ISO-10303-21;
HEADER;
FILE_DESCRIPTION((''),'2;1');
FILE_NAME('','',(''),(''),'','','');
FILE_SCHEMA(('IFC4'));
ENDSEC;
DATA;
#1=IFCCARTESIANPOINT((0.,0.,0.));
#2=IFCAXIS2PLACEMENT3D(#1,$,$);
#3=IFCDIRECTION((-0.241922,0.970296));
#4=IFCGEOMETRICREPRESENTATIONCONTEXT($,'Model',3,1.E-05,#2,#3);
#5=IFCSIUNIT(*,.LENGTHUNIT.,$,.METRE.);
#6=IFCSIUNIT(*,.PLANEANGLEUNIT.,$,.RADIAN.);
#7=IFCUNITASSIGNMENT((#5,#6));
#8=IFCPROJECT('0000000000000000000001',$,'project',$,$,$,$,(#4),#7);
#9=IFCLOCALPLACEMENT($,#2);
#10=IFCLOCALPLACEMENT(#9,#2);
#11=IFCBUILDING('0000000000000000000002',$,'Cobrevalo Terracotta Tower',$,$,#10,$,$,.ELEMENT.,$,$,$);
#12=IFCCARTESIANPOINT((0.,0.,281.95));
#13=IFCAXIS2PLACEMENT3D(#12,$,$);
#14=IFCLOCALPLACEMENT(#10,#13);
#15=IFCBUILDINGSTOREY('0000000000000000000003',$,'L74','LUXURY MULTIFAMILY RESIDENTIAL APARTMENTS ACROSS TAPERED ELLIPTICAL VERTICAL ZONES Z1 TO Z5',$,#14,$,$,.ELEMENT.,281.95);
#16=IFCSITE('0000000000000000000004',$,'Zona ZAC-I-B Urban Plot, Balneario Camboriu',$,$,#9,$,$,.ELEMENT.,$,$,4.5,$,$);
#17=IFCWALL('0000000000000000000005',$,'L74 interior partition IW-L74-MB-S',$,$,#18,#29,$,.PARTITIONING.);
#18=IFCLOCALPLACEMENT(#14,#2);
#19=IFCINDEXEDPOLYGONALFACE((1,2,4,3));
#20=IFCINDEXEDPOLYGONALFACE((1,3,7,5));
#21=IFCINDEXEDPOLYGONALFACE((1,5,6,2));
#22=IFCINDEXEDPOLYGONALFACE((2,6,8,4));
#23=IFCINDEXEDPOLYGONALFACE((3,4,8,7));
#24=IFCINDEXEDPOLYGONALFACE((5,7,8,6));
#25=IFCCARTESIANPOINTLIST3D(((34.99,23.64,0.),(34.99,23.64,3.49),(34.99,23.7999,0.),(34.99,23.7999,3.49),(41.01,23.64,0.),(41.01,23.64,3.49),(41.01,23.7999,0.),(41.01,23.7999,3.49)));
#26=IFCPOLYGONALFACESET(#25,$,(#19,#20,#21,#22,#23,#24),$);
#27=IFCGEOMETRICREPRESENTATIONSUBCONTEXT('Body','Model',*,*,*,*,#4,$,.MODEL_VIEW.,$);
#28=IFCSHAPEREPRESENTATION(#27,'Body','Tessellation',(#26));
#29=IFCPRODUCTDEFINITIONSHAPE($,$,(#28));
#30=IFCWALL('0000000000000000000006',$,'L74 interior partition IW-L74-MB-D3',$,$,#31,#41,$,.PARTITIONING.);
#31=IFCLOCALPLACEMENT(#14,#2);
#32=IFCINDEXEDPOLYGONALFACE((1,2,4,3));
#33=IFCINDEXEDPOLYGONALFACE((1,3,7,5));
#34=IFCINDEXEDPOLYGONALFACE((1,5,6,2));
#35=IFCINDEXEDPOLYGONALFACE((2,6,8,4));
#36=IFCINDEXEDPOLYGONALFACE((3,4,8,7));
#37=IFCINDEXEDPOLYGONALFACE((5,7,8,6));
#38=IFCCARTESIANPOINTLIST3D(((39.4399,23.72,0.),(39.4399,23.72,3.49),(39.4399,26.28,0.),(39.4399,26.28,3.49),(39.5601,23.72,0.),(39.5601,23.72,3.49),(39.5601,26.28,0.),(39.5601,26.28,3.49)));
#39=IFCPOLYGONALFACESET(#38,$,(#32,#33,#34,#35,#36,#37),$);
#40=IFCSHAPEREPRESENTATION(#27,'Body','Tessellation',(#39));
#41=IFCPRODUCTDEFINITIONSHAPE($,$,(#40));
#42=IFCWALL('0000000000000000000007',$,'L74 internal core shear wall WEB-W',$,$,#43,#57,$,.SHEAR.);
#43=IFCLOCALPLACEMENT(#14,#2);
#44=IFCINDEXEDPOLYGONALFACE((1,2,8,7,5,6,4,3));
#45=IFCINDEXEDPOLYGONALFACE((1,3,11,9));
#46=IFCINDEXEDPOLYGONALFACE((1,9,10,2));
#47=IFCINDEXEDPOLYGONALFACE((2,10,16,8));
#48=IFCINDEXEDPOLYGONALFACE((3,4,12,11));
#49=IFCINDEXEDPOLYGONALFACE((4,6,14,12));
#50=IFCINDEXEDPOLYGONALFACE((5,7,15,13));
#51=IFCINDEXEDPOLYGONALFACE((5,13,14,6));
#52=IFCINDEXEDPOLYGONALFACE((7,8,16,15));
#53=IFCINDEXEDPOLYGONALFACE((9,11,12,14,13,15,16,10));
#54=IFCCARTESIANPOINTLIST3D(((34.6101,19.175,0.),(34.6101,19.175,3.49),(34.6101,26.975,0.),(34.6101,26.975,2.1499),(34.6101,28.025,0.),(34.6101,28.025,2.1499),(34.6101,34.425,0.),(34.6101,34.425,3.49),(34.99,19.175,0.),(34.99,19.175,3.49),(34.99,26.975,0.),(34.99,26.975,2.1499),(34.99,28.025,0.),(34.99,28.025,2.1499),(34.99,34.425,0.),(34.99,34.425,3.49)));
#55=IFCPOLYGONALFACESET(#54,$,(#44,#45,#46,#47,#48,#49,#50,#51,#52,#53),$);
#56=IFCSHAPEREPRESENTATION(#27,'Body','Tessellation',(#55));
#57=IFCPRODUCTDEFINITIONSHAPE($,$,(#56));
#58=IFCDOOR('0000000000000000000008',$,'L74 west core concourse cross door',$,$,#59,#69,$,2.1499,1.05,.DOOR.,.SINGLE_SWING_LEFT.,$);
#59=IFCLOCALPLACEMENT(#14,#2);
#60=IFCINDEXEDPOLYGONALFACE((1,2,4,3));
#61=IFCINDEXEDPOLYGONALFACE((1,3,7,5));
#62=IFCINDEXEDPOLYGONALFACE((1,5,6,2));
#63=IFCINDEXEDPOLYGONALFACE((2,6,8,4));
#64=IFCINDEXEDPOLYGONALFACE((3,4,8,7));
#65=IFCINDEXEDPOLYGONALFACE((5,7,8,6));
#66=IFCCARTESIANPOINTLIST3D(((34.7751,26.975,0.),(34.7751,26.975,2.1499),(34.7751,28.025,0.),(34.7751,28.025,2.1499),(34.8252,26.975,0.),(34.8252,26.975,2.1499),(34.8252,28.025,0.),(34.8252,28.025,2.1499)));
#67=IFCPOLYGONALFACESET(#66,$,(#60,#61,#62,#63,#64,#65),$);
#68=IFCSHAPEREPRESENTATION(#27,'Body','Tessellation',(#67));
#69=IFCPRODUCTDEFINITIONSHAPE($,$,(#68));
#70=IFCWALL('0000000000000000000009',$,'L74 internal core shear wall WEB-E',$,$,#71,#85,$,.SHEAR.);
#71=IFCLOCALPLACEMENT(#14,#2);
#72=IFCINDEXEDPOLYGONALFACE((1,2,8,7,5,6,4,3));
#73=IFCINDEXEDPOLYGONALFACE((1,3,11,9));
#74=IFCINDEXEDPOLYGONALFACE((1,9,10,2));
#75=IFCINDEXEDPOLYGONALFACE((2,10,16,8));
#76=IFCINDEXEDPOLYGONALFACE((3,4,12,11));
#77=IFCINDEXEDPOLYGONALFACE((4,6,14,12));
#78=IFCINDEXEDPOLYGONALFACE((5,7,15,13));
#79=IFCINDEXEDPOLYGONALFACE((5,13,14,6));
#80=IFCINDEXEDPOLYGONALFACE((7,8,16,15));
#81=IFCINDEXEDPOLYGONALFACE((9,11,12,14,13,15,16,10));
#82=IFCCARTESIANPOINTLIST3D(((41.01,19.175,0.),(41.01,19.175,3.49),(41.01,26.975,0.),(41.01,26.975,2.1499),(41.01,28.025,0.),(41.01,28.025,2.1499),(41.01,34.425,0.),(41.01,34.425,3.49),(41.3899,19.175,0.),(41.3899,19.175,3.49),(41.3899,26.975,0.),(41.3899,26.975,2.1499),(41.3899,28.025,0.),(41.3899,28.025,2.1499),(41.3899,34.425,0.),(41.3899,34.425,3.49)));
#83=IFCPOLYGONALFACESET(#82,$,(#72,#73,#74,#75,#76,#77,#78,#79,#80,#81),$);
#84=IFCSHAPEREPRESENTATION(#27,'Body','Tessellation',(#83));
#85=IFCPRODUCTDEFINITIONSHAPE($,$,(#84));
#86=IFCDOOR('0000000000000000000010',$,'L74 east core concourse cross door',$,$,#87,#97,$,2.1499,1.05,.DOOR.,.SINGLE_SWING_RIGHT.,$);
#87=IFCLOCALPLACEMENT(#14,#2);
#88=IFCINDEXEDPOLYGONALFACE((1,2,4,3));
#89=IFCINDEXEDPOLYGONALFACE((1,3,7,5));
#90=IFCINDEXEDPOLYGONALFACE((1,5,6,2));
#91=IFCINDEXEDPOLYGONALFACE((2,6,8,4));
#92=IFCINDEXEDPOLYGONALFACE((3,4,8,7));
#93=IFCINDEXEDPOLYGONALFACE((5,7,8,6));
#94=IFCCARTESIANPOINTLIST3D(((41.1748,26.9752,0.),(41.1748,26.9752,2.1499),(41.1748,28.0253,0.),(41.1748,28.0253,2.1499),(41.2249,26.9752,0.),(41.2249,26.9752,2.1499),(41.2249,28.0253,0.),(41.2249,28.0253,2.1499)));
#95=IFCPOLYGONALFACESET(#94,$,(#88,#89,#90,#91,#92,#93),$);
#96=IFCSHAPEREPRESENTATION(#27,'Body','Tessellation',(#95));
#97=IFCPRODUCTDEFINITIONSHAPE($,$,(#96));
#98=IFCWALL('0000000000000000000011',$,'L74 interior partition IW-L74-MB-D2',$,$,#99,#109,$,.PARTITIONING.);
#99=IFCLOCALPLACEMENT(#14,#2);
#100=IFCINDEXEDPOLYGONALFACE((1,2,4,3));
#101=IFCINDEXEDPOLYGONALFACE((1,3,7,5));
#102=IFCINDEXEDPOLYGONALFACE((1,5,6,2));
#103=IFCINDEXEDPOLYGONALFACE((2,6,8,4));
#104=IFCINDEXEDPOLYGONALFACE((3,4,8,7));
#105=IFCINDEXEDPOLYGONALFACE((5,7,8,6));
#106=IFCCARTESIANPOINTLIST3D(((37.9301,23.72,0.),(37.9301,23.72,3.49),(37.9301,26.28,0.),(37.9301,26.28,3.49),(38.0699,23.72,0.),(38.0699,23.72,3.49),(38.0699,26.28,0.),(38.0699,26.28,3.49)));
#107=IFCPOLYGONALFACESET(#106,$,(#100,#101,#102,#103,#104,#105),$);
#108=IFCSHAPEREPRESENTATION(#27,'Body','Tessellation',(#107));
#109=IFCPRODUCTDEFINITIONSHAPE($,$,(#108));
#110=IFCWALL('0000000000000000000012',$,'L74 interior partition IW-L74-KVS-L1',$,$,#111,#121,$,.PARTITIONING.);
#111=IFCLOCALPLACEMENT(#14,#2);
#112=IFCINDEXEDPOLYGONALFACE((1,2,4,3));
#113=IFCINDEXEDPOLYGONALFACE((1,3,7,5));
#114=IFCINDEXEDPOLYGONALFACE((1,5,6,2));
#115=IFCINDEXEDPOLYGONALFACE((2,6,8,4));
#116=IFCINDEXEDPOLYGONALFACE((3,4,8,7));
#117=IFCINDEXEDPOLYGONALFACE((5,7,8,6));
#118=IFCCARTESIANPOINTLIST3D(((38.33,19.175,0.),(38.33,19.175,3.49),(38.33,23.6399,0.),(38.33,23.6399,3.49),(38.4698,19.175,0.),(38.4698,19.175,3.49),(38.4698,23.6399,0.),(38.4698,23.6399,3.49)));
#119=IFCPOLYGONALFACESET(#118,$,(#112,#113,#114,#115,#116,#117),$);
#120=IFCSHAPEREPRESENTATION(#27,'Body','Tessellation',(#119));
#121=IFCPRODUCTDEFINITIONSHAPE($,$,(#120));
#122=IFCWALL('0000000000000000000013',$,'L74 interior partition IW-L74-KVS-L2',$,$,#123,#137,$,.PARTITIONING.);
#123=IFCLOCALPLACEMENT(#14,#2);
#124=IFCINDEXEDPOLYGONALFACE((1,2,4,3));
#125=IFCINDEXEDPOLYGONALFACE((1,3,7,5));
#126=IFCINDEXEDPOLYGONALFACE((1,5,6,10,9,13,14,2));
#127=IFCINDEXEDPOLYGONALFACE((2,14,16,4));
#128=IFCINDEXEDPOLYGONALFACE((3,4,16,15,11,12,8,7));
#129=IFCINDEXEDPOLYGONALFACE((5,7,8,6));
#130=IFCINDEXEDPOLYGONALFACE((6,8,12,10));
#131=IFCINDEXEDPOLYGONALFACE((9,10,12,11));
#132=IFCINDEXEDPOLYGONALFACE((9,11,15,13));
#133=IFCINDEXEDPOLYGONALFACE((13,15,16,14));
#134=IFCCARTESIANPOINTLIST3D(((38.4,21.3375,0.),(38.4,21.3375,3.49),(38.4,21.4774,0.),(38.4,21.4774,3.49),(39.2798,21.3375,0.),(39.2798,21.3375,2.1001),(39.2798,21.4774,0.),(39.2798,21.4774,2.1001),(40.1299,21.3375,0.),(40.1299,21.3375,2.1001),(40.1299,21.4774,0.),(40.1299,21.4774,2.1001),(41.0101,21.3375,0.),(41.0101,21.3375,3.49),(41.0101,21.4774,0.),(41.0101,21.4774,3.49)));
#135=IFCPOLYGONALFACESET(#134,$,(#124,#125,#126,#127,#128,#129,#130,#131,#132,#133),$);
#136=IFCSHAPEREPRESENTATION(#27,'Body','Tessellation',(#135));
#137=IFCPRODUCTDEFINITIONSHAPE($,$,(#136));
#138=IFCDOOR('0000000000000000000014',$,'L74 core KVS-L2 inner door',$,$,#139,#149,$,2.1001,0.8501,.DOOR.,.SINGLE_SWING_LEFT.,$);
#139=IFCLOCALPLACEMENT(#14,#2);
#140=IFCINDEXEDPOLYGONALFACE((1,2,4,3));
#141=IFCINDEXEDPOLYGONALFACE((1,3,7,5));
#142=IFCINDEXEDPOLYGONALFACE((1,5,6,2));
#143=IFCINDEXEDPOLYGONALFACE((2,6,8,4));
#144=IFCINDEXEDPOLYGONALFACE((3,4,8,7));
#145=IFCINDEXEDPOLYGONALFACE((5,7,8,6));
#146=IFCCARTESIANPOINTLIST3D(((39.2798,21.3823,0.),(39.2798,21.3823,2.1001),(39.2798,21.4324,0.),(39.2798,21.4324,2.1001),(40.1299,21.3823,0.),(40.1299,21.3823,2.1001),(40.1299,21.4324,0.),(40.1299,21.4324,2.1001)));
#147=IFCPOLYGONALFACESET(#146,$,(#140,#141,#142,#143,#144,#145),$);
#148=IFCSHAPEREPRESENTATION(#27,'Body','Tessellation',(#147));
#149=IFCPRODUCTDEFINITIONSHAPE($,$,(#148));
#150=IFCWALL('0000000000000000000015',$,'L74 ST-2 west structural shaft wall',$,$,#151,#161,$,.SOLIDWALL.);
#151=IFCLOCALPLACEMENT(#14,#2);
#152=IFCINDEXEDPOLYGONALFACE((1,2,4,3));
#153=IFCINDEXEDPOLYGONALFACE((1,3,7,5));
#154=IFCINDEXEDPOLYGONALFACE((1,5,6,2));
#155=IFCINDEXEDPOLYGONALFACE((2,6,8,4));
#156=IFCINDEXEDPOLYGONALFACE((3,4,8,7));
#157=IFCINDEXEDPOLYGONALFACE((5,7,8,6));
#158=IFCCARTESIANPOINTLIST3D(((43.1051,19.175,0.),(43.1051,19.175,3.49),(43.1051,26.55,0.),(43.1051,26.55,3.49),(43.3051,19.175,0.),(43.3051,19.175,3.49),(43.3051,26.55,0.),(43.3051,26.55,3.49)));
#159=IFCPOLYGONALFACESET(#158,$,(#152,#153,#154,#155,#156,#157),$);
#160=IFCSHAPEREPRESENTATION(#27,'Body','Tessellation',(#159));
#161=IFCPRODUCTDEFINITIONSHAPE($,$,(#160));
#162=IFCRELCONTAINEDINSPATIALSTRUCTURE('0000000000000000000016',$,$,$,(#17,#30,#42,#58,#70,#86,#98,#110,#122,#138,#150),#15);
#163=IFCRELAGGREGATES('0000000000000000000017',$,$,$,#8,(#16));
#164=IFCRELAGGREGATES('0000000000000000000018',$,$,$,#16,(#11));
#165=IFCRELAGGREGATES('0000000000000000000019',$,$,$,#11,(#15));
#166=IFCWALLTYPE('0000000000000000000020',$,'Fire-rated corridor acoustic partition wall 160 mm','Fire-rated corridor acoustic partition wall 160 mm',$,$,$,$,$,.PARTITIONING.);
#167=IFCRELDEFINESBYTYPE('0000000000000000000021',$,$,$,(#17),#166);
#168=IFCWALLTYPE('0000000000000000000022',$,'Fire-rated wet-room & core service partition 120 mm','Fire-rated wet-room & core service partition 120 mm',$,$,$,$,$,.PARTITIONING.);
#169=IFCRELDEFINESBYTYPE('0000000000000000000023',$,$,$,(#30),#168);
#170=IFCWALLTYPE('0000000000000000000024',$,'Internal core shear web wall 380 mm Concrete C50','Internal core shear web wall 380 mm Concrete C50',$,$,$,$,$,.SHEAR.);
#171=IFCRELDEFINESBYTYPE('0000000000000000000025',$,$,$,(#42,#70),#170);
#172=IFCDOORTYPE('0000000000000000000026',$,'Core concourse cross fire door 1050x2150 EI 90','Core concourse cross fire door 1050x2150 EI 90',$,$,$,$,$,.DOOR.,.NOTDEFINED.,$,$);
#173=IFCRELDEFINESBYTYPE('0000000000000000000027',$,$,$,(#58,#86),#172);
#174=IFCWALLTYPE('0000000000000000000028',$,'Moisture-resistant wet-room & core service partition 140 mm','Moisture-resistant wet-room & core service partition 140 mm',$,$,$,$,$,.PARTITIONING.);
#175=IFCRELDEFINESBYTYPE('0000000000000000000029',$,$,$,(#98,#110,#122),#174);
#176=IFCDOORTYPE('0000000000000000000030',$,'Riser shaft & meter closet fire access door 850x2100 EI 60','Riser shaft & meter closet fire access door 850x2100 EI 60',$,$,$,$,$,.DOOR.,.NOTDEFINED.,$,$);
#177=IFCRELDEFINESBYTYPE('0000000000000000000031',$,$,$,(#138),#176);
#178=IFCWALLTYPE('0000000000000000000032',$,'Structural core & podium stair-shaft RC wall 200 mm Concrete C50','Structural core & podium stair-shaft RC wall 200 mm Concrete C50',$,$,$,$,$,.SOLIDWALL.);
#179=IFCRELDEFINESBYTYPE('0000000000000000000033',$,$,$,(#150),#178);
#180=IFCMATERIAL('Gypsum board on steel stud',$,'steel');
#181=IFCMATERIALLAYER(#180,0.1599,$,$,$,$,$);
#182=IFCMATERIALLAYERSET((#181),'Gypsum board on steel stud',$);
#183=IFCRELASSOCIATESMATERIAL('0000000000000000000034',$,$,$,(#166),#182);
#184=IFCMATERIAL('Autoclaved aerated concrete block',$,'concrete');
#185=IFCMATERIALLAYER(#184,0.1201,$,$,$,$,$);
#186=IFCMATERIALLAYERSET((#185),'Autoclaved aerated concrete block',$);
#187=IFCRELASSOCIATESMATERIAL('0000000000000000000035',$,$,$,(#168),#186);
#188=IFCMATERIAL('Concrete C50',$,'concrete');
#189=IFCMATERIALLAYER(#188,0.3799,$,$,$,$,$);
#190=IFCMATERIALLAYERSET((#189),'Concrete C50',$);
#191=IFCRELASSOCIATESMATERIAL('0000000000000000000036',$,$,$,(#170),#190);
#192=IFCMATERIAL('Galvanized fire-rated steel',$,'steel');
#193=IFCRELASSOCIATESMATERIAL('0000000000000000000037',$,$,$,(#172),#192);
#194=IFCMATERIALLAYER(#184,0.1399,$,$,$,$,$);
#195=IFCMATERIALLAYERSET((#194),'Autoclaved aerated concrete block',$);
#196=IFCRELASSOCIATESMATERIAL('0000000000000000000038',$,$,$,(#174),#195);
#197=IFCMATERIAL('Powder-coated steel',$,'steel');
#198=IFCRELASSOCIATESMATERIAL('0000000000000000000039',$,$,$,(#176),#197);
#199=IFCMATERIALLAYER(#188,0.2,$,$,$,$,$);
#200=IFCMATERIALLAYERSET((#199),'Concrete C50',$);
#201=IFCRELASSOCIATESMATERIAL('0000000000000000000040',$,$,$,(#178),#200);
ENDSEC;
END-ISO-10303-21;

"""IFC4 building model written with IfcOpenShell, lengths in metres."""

from ifc_helpers import new_model, si_unit, direction, frame, frame_2d, origin, place, context, subcontext, project, spatial, rectangle, extrude, source, transform, mapped, material, layer, layer_set, type_object, element, fill, save


model = new_model("IFC4")

# Units and contexts
model_context = context("Model", 3, precision=1e-05, world=origin(), true_north=direction((-0.241922, 0.970296)))
body_context = subcontext(model_context, "Body", "Model", "MODEL_VIEW")
ifc_project = project(units=[si_unit("LENGTHUNIT", "METRE"), si_unit("PLANEANGLEUNIT", "RADIAN")], contexts=[model_context])

# Site, building, storey
site_placement = place(None, origin())
site = spatial("IfcSite", under=ifc_project, at=site_placement, Name="Zona ZAC-I-B Urban Plot, Balneario Camboriu", CompositionType="ELEMENT", RefElevation=4.5)
building_placement = place(site_placement, origin())
building = spatial("IfcBuilding", under=site, at=building_placement, Name="Cobrevalo Terracotta Tower", CompositionType="ELEMENT")
storey_placement = place(building_placement, frame((0.0, 0.0, 281.95)))
storey = spatial("IfcBuildingStorey", under=building, at=storey_placement, Name="L74", Description="LUXURY MULTIFAMILY RESIDENTIAL APARTMENTS ACROSS TAPERED ELLIPTICAL VERTICAL ZONES Z1 TO Z5", CompositionType="ELEMENT", Elevation=281.95)

# Walls
ifc_material_1 = material(Name="Gypsum board on steel stud", Category="steel")
ifc_layer_1 = layer(ifc_material_1, 0.1599)
ifc_layer_set_1 = layer_set([ifc_layer_1], Name="Gypsum board on steel stud")
wall_type_1 = type_object("IfcWallType", Name="Fire-rated corridor acoustic partition wall 160 mm", Description="Fire-rated corridor acoustic partition wall 160 mm", PredefinedType="PARTITIONING", material=ifc_layer_set_1)
wall_1_placement = place(storey_placement, frame((34.99, 23.72, 0.0), z_axis=(0.0, 0.0, 1.0), x_axis=(1.0, 0.0, 0.0)))
element("IfcWall", 1, at=wall_1_placement, inside=storey, type_object=wall_type_1, Name="L74 interior partition IW-L74-MB-S", PredefinedType="PARTITIONING", context=body_context, shape_type="SweptSolid", body=[
    extrude(rectangle(XDim=6.02, YDim=0.1599, at=frame_2d((3.01, 0.0))), origin(), (0.0, 0.0, 1.0), 3.49),
])
ifc_material_2 = material(Name="Autoclaved aerated concrete block", Category="concrete")
ifc_layer_2 = layer(ifc_material_2, 0.1201)
ifc_layer_set_2 = layer_set([ifc_layer_2], Name="Autoclaved aerated concrete block")
wall_type_2 = type_object("IfcWallType", Name="Fire-rated wet-room & core service partition 120 mm", Description="Fire-rated wet-room & core service partition 120 mm", PredefinedType="PARTITIONING", material=ifc_layer_set_2)
wall_2_placement = place(storey_placement, frame((39.5, 23.72, 0.0), z_axis=(0.0, 0.0, 1.0), x_axis=(0.0, 1.0, 0.0)))
element("IfcWall", 2, at=wall_2_placement, inside=storey, type_object=wall_type_2, Name="L74 interior partition IW-L74-MB-D3", PredefinedType="PARTITIONING", context=body_context, shape_type="SweptSolid", body=[
    extrude(rectangle(XDim=2.5601, YDim=0.1201, at=frame_2d((1.28, 0.0))), origin(), (0.0, 0.0, 1.0), 3.49),
])

# Walls, openings, doors
ifc_material_3 = material(Name="Concrete C50", Category="concrete")
ifc_layer_3 = layer(ifc_material_3, 0.3799)
ifc_layer_set_3 = layer_set([ifc_layer_3], Name="Concrete C50")
wall_type_3 = type_object("IfcWallType", Name="Internal core shear web wall 380 mm Concrete C50", Description="Internal core shear web wall 380 mm Concrete C50", PredefinedType="SHEAR", material=ifc_layer_set_3)
wall_3_placement = place(storey_placement, frame((34.8, 19.175, 0.0), z_axis=(0.0, 0.0, 1.0), x_axis=(0.0, 1.0, 0.0)))
wall_3 = element("IfcWall", 3, at=wall_3_placement, inside=storey, type_object=wall_type_3, Name="L74 internal core shear wall WEB-W", PredefinedType="SHEAR", context=body_context, shape_type="SweptSolid", body=[
    extrude(rectangle(XDim=15.25, YDim=0.3799, at=frame_2d((7.625, 0.0))), origin(), (0.0, 0.0, 1.0), 3.49),
])
opening_1_placement = place(wall_3_placement, frame((7.8, 0.0, 0.0)))
opening_1 = element("IfcOpeningElement", 4, at=opening_1_placement, cuts=wall_3, PredefinedType="OPENING", context=body_context, shape_type="SweptSolid", body=[
    extrude(rectangle(XDim=1.05, YDim=2.1499, at=frame_2d((0.5249, 1.075))), frame((0.0, 0.2, 0.0), z_axis=(0.0, -1.0, 0.0), x_axis=(1.0, 0.0, 0.0)), (0.0, 0.0, 1.0), 0.3999),
])
ifc_material_4 = material(Name="Galvanized fire-rated steel", Category="steel")
door_type_1 = type_object("IfcDoorType", Name="Core concourse cross fire door 1050x2150 EI 90", Description="Core concourse cross fire door 1050x2150 EI 90", OperationType="NOTDEFINED", PredefinedType="DOOR", material=ifc_material_4)
shared_shape_1 = source(origin(), body_context, "Body", "SweptSolid", [
    extrude(rectangle(XDim=1.05, YDim=2.1499, at=frame_2d((0.5249, 1.075))), frame((0.0, 0.0249, 0.0), z_axis=(0.0, -1.0, 0.0), x_axis=(1.0, 0.0, 0.0)), (0.0, 0.0, 1.0), 0.05),
])
door_1_placement = place(opening_1_placement, origin())
door_1 = element("IfcDoor", 5, at=door_1_placement, inside=storey, type_object=door_type_1, Name="L74 west core concourse cross door", OperationType="SINGLE_SWING_LEFT", OverallHeight=2.1499, OverallWidth=1.05, PredefinedType="DOOR", context=body_context, shape_type="MappedRepresentation", body=[
    mapped(shared_shape_1, transform((0.0, 0.0, 0.0), scale=1.0)),
])
fill(opening_1, door_1)
wall_4_placement = place(storey_placement, frame((41.2, 19.175, 0.0), z_axis=(0.0, 0.0, 1.0), x_axis=(0.0, 1.0, 0.0)))
wall_4 = element("IfcWall", 6, at=wall_4_placement, inside=storey, type_object=wall_type_3, Name="L74 internal core shear wall WEB-E", PredefinedType="SHEAR", context=body_context, shape_type="SweptSolid", body=[
    extrude(rectangle(XDim=15.25, YDim=0.3799, at=frame_2d((7.625, 0.0))), origin(), (0.0, 0.0, 1.0), 3.49),
])
opening_2_placement = place(wall_4_placement, frame((7.8, 0.0, 0.0)))
opening_2 = element("IfcOpeningElement", 7, at=opening_2_placement, cuts=wall_4, PredefinedType="OPENING", context=body_context, shape_type="SweptSolid", body=[
    extrude(rectangle(XDim=1.05, YDim=2.1499, at=frame_2d((0.5249, 1.075))), frame((0.0, 0.2, 0.0), z_axis=(0.0, -1.0, 0.0), x_axis=(1.0, 0.0, 0.0)), (0.0, 0.0, 1.0), 0.3999),
])
door_2_placement = place(opening_2_placement, frame((1.05, 0.0, 0.0), z_axis=(0.0, 0.0, 1.0), x_axis=(-1.0, 0.0, 0.0)))
door_2 = element("IfcDoor", 8, at=door_2_placement, inside=storey, type_object=door_type_1, Name="L74 east core concourse cross door", OperationType="SINGLE_SWING_RIGHT", OverallHeight=2.1499, OverallWidth=1.05, PredefinedType="DOOR", context=body_context, shape_type="MappedRepresentation", body=[
    mapped(shared_shape_1, transform((0.0, 0.0, 0.0), scale=1.0)),
])
fill(opening_2, door_2)

# Walls
ifc_layer_4 = layer(ifc_material_2, 0.1399)
ifc_layer_set_4 = layer_set([ifc_layer_4], Name="Autoclaved aerated concrete block")
wall_type_4 = type_object("IfcWallType", Name="Moisture-resistant wet-room & core service partition 140 mm", Description="Moisture-resistant wet-room & core service partition 140 mm", PredefinedType="PARTITIONING", material=ifc_layer_set_4)
wall_5_placement = place(storey_placement, frame((38.0, 23.72, 0.0), z_axis=(0.0, 0.0, 1.0), x_axis=(0.0, 1.0, 0.0)))
element("IfcWall", 9, at=wall_5_placement, inside=storey, type_object=wall_type_4, Name="L74 interior partition IW-L74-MB-D2", PredefinedType="PARTITIONING", context=body_context, shape_type="SweptSolid", body=[
    extrude(rectangle(XDim=2.5601, YDim=0.1399, at=frame_2d((1.28, 0.0))), origin(), (0.0, 0.0, 1.0), 3.49),
])
wall_6_placement = place(storey_placement, frame((38.3999, 19.175, 0.0), z_axis=(0.0, 0.0, 1.0), x_axis=(0.0, 1.0, 0.0)))
element("IfcWall", 10, at=wall_6_placement, inside=storey, type_object=wall_type_4, Name="L74 interior partition IW-L74-KVS-L1", PredefinedType="PARTITIONING", context=body_context, shape_type="SweptSolid", body=[
    extrude(rectangle(XDim=4.4648, YDim=0.1399, at=frame_2d((2.2324, 0.0))), origin(), (0.0, 0.0, 1.0), 3.49),
])

# Wall, opening, door
wall_7_placement = place(storey_placement, frame((38.3999, 21.4075, 0.0), z_axis=(0.0, 0.0, 1.0), x_axis=(1.0, 0.0, 0.0)))
wall_7 = element("IfcWall", 11, at=wall_7_placement, inside=storey, type_object=wall_type_4, Name="L74 interior partition IW-L74-KVS-L2", PredefinedType="PARTITIONING", context=body_context, shape_type="SweptSolid", body=[
    extrude(rectangle(XDim=2.6101, YDim=0.1399, at=frame_2d((1.3052, 0.0))), origin(), (0.0, 0.0, 1.0), 3.49),
])
opening_3_placement = place(wall_7_placement, frame((0.8799, 0.0, 0.0)))
opening_3 = element("IfcOpeningElement", 12, at=opening_3_placement, cuts=wall_7, PredefinedType="OPENING", context=body_context, shape_type="SweptSolid", body=[
    extrude(rectangle(XDim=0.8501, YDim=2.1001, at=frame_2d((0.425, 1.05))), frame((0.0, 0.0801, 0.0), z_axis=(0.0, -1.0, 0.0), x_axis=(1.0, 0.0, 0.0)), (0.0, 0.0, 1.0), 0.1599),
])
ifc_material_5 = material(Name="Powder-coated steel", Category="steel")
door_type_2 = type_object("IfcDoorType", Name="Riser shaft & meter closet fire access door 850x2100 EI 60", Description="Riser shaft & meter closet fire access door 850x2100 EI 60", OperationType="NOTDEFINED", PredefinedType="DOOR", material=ifc_material_5)
shared_shape_2 = source(origin(), body_context, "Body", "SweptSolid", [
    extrude(rectangle(XDim=0.8501, YDim=2.1001, at=frame_2d((0.425, 1.05))), frame((0.0, 0.0249, 0.0), z_axis=(0.0, -1.0, 0.0), x_axis=(1.0, 0.0, 0.0)), (0.0, 0.0, 1.0), 0.05),
])
door_3_placement = place(opening_3_placement, origin())
door_3 = element("IfcDoor", 13, at=door_3_placement, inside=storey, type_object=door_type_2, Name="L74 core KVS-L2 inner door", OperationType="SINGLE_SWING_LEFT", OverallHeight=2.1001, OverallWidth=0.8501, PredefinedType="DOOR", context=body_context, shape_type="MappedRepresentation", body=[
    mapped(shared_shape_2, transform((0.0, 0.0, 0.0), scale=1.0)),
])
fill(opening_3, door_3)

# Wall
ifc_layer_5 = layer(ifc_material_3, 0.2)
ifc_layer_set_5 = layer_set([ifc_layer_5], Name="Concrete C50")
wall_type_5 = type_object("IfcWallType", Name="Structural core & podium stair-shaft RC wall 200 mm Concrete C50", Description="Structural core & podium stair-shaft RC wall 200 mm Concrete C50", PredefinedType="SOLIDWALL", material=ifc_layer_set_5)
wall_8_placement = place(storey_placement, frame((43.2051, 19.175, 0.0), z_axis=(0.0, 0.0, 1.0), x_axis=(0.0, 1.0, 0.0)))
element("IfcWall", 14, at=wall_8_placement, inside=storey, type_object=wall_type_5, Name="L74 ST-2 west structural shaft wall", PredefinedType="SOLIDWALL", context=body_context, shape_type="SweptSolid", body=[
    extrude(rectangle(XDim=7.375, YDim=0.2, at=frame_2d((3.6875, 0.0))), origin(), (0.0, 0.0, 1.0), 3.49),
])

save(model, "model.ifc")
